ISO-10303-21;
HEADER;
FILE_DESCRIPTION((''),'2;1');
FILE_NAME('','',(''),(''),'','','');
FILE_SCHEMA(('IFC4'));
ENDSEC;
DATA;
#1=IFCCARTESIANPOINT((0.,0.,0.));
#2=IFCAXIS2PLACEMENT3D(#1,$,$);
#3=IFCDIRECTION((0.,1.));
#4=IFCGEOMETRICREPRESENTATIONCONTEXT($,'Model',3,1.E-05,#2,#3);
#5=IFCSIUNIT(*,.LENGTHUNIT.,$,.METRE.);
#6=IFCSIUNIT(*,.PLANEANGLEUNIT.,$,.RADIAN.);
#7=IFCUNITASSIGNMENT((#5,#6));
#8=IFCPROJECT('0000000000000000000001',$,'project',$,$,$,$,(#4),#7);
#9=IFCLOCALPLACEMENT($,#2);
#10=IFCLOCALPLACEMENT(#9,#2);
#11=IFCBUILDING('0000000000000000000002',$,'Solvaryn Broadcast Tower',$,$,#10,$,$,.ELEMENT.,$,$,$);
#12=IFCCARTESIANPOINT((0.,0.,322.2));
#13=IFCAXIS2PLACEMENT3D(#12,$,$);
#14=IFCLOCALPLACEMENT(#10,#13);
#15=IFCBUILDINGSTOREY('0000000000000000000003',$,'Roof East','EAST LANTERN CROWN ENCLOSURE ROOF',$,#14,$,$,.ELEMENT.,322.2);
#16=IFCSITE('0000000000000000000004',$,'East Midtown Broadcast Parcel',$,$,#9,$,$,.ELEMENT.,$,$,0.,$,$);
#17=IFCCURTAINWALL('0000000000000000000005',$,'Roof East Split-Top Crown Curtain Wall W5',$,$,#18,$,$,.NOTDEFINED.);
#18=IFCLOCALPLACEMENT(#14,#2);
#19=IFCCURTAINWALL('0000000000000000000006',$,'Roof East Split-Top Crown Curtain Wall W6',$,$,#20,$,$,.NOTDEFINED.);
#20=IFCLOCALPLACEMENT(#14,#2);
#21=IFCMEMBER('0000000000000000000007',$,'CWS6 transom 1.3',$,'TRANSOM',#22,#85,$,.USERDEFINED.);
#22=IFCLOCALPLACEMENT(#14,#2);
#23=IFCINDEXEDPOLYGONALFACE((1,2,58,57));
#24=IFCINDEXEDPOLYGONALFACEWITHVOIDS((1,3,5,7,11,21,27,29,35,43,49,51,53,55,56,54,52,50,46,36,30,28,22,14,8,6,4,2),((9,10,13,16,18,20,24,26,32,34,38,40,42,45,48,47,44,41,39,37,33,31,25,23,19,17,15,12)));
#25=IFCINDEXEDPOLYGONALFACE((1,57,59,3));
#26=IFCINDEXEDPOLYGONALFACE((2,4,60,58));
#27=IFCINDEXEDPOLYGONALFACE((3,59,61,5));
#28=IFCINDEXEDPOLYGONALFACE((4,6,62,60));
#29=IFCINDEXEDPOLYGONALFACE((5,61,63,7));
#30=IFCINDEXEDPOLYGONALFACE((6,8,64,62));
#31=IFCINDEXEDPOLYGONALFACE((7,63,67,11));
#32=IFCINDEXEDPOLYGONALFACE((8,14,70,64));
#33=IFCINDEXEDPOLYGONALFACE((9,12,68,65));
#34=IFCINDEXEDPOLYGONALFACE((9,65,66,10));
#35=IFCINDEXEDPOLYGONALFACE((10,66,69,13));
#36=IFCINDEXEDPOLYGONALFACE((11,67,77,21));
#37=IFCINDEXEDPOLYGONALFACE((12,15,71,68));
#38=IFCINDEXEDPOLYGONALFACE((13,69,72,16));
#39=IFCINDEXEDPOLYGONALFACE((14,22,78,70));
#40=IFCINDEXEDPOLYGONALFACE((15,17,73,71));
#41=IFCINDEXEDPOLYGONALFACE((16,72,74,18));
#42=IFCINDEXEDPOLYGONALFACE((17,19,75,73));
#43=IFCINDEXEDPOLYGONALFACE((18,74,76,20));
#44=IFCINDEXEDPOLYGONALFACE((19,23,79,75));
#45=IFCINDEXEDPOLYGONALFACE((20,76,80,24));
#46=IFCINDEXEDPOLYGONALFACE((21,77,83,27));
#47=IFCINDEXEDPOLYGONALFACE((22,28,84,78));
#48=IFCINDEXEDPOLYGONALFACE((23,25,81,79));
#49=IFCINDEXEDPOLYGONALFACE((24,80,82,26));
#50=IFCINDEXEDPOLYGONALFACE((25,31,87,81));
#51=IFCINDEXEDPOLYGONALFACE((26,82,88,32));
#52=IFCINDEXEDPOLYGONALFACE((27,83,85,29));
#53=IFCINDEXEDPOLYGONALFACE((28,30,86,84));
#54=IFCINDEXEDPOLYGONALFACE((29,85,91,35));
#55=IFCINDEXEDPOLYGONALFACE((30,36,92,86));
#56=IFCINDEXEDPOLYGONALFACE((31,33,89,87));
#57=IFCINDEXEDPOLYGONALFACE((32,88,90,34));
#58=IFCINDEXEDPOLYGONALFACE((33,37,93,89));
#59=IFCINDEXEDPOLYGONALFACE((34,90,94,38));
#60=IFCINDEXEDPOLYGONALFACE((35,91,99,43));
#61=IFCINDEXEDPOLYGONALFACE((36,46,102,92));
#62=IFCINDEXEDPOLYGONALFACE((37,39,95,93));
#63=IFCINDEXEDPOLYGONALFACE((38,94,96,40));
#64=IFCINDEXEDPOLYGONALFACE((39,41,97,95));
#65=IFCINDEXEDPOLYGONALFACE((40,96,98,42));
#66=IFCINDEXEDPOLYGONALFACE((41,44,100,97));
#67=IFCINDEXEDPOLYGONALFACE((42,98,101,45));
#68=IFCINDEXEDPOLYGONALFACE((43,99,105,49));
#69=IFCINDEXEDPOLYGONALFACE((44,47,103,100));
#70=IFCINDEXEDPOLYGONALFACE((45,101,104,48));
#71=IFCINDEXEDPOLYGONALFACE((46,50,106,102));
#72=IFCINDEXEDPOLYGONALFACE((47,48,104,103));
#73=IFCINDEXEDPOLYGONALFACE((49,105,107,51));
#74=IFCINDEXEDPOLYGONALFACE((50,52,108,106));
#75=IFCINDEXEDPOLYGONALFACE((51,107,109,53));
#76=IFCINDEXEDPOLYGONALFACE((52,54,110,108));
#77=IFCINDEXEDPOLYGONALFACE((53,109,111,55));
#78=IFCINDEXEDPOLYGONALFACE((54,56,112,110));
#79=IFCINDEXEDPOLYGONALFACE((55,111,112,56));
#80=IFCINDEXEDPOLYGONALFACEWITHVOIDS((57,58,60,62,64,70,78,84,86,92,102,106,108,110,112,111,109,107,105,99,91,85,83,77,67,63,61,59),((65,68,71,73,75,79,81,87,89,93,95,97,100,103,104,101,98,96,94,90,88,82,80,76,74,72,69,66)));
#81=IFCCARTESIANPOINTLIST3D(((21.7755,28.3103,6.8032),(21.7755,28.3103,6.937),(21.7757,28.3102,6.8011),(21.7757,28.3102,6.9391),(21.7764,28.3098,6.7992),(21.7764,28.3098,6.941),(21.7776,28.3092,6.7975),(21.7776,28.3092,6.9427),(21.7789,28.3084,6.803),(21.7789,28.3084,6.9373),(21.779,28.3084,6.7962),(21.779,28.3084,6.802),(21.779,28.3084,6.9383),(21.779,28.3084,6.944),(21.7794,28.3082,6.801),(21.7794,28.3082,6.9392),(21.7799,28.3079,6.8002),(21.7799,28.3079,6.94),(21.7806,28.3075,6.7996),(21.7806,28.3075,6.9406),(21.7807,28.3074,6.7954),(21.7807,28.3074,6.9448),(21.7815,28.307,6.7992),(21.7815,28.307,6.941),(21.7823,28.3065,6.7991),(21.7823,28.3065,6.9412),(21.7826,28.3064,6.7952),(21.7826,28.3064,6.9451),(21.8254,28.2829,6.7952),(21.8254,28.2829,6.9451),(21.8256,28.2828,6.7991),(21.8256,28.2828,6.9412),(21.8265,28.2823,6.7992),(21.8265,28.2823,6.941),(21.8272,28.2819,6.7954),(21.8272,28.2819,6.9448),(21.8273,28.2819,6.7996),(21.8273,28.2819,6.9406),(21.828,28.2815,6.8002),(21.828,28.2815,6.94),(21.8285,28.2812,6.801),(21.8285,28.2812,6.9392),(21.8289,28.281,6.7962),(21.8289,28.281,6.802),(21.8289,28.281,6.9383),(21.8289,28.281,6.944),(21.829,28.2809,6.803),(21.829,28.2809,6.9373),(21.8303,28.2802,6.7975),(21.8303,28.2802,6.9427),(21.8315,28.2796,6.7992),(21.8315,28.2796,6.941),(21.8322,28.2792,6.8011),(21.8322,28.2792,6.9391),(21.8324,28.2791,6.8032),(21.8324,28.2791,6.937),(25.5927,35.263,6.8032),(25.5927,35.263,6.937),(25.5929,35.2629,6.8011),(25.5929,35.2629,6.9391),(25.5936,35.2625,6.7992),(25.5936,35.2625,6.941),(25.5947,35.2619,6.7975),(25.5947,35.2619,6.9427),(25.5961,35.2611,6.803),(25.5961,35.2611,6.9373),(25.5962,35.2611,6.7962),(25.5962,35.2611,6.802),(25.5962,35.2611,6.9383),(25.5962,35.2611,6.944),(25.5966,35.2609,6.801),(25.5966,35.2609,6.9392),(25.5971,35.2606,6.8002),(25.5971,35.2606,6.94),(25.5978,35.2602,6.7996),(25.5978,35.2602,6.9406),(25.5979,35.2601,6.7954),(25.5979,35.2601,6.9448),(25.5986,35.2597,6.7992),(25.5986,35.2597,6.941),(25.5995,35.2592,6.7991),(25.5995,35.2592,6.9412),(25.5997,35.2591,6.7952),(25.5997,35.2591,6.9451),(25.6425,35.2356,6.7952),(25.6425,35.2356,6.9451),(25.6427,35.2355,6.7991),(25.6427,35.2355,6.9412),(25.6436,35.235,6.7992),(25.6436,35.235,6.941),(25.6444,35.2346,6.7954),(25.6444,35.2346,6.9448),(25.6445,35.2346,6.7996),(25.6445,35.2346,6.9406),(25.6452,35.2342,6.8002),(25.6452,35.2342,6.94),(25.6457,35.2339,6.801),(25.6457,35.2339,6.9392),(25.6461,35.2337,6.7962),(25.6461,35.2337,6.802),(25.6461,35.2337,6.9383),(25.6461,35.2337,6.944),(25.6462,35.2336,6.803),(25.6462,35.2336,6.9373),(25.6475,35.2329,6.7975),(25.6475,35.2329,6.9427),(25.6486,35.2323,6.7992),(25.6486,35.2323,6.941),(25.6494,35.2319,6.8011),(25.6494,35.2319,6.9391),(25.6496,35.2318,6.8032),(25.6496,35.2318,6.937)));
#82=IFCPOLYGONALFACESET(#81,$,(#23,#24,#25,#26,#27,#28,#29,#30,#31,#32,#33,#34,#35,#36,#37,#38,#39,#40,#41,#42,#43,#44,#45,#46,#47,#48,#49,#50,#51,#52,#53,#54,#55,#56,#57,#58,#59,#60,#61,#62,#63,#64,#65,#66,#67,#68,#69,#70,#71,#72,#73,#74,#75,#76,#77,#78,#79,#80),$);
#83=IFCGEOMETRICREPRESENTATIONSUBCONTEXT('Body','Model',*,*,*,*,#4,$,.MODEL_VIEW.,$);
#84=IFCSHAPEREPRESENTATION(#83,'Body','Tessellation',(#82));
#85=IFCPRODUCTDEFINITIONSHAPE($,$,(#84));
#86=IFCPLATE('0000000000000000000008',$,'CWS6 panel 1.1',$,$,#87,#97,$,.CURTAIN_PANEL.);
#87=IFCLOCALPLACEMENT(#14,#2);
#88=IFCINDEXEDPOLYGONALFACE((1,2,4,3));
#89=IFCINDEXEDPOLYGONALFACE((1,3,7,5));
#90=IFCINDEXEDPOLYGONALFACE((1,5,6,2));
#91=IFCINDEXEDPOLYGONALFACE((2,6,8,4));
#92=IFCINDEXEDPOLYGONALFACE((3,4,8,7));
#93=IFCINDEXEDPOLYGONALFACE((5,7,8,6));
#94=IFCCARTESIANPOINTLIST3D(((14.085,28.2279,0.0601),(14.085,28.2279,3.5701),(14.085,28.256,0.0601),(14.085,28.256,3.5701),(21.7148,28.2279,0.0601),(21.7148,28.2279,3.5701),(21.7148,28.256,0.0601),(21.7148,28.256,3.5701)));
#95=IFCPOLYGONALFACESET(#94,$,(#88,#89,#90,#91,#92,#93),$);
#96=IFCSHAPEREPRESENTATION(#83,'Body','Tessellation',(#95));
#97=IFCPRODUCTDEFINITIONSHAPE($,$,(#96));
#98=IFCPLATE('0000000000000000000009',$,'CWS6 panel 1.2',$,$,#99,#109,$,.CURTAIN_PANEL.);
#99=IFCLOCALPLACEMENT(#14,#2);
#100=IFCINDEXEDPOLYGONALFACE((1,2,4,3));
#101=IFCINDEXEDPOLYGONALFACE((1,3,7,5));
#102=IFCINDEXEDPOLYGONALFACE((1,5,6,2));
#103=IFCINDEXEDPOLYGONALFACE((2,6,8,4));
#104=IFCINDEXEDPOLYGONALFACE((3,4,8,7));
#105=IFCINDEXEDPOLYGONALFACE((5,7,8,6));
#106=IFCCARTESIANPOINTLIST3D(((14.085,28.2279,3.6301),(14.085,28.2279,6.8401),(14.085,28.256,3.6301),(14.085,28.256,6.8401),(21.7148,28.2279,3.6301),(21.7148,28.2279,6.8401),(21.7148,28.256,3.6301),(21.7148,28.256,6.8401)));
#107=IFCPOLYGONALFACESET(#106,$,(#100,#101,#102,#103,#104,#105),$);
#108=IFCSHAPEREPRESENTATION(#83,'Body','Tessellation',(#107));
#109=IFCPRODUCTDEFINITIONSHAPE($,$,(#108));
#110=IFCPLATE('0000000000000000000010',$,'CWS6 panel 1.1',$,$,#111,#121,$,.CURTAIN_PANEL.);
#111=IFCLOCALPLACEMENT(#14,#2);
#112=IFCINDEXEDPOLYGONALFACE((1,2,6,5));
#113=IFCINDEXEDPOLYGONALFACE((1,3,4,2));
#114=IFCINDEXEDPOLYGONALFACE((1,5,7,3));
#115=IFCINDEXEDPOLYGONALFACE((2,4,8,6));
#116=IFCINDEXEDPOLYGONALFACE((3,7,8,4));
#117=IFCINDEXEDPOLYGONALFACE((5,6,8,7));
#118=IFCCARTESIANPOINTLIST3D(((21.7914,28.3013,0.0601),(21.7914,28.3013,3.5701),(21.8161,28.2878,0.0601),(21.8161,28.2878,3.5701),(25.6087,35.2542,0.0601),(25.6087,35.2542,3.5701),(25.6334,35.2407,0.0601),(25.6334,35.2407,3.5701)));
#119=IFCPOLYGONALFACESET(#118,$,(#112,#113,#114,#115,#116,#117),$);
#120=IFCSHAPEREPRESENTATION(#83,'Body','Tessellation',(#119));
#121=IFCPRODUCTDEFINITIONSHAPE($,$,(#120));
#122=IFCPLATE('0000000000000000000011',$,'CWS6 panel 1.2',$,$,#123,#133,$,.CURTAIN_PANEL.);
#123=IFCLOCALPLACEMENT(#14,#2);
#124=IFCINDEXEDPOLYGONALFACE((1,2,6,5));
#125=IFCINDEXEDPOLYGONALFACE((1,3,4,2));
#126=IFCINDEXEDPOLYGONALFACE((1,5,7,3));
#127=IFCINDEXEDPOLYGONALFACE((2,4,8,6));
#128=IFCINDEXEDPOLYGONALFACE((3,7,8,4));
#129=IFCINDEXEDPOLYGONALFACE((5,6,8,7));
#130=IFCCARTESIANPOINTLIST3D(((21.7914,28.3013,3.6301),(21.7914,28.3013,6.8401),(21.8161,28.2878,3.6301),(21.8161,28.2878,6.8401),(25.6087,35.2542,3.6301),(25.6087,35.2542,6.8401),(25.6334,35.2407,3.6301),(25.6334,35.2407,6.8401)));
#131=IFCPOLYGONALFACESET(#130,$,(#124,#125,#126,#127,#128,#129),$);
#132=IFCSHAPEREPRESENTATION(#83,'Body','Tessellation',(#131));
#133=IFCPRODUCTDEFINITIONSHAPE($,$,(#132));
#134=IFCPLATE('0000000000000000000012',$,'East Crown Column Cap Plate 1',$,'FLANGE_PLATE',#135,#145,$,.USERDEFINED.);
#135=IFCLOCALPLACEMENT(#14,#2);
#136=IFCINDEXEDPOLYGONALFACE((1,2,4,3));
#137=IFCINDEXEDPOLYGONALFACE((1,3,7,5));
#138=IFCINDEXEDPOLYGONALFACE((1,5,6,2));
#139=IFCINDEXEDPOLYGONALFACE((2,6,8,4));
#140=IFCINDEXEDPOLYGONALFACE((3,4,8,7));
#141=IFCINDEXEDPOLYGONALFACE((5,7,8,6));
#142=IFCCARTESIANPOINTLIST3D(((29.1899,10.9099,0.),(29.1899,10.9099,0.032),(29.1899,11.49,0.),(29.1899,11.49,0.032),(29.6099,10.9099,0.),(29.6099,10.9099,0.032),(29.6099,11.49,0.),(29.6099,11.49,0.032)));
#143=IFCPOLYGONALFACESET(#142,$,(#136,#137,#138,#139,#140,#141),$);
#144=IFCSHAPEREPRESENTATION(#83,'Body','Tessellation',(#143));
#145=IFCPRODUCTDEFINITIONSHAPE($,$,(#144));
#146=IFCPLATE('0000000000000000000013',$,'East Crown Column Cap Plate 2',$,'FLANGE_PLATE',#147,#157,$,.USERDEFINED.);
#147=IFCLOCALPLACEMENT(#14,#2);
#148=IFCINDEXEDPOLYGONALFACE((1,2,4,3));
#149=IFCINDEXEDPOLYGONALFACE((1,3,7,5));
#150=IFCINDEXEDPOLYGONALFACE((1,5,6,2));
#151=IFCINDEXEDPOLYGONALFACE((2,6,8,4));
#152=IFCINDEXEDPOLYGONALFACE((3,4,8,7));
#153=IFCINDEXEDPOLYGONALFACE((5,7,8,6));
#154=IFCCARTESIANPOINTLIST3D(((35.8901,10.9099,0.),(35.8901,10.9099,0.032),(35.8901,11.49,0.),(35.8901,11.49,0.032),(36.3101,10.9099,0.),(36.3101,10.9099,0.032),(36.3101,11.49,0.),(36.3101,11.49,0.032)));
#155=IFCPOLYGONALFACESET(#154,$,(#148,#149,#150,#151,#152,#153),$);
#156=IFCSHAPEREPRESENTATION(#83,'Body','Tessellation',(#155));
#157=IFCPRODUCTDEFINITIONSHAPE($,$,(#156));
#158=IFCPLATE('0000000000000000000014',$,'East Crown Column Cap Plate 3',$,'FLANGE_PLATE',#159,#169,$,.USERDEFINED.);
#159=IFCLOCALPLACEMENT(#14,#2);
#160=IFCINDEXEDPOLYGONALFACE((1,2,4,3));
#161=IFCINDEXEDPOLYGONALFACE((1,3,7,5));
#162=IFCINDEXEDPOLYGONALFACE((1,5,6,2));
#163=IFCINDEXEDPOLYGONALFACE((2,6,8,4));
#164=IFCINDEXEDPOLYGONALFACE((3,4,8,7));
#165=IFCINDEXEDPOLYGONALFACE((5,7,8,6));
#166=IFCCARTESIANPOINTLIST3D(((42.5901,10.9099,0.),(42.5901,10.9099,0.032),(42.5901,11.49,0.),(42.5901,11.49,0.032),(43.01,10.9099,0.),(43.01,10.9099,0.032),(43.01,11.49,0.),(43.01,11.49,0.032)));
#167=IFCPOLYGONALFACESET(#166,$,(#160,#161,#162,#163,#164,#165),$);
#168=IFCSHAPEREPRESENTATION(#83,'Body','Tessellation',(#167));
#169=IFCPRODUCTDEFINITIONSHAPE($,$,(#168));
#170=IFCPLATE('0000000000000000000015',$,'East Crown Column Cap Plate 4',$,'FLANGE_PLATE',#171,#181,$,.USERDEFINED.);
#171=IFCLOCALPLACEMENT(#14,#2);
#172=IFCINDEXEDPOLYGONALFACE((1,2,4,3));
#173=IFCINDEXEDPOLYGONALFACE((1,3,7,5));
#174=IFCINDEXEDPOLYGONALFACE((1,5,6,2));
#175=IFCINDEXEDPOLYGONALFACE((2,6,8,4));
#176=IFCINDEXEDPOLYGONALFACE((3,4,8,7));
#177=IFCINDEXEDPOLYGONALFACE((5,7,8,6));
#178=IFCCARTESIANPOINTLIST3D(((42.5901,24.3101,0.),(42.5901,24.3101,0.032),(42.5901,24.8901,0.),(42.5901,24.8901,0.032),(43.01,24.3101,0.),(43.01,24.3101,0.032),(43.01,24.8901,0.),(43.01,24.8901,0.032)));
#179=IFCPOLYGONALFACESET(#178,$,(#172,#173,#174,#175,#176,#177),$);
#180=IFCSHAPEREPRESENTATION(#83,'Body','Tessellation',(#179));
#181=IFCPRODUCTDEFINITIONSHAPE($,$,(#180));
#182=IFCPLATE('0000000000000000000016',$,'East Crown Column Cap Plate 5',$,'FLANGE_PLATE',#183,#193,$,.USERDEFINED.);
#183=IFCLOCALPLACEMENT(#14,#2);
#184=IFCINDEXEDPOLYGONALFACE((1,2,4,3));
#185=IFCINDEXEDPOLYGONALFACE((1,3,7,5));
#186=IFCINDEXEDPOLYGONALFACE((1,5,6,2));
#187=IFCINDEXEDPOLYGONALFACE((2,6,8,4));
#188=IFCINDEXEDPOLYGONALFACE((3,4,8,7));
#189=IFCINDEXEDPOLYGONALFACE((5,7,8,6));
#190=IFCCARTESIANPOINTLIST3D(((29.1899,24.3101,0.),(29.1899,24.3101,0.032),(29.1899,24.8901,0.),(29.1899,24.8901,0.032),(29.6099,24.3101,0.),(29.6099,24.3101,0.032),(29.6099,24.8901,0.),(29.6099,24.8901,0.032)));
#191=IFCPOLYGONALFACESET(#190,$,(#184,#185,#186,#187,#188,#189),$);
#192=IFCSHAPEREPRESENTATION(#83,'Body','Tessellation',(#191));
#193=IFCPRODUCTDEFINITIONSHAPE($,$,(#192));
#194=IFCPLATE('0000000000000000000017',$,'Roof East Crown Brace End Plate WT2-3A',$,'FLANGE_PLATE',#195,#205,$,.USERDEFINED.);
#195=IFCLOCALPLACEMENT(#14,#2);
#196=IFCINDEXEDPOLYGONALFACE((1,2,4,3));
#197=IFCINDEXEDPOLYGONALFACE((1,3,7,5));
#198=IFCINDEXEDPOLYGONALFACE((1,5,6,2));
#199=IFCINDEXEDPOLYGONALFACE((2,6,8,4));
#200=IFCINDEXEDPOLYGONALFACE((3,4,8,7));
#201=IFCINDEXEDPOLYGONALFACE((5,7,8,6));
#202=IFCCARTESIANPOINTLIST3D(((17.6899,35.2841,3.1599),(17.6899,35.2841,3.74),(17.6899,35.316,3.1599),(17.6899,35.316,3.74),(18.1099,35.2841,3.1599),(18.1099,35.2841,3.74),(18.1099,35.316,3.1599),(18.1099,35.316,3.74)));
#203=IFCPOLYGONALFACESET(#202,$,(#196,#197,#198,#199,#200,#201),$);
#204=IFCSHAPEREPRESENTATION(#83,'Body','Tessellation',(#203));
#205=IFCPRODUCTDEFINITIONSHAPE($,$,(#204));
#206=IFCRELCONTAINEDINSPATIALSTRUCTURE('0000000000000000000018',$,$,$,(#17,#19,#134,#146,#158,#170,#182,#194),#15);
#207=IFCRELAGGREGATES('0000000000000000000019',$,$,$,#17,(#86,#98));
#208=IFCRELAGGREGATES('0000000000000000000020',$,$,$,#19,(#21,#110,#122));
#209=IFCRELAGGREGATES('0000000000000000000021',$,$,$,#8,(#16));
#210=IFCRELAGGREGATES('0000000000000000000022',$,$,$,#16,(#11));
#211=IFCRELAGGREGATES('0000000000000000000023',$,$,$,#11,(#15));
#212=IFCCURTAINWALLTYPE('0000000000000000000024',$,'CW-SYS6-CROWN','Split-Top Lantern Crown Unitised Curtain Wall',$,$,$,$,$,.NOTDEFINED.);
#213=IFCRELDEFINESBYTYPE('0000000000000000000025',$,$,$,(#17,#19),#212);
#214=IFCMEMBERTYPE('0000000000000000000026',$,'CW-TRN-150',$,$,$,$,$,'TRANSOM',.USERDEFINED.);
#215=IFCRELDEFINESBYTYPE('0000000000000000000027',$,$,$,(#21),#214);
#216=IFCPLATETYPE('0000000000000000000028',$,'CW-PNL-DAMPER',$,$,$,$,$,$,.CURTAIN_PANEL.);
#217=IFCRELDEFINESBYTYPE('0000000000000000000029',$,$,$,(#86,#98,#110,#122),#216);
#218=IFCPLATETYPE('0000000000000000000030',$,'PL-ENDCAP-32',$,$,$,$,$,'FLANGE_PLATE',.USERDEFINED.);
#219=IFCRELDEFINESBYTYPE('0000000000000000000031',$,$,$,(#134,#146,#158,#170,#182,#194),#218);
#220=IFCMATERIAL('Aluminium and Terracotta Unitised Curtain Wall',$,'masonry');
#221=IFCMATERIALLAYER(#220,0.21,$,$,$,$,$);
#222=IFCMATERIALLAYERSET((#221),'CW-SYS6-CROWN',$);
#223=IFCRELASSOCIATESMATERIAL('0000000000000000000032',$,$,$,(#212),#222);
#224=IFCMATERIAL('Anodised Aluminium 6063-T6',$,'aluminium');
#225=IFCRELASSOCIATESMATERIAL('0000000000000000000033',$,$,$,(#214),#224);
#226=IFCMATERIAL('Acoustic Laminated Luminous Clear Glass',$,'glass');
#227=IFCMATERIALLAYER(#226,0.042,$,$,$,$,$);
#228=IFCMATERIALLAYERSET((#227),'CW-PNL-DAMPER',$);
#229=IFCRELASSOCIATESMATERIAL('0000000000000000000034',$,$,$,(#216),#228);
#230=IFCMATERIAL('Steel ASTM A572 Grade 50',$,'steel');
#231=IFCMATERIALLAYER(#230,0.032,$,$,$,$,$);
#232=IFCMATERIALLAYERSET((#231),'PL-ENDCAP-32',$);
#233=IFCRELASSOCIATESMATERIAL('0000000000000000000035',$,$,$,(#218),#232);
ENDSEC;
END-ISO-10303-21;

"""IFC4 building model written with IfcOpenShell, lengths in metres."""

from ifc_helpers import new_model, si_unit, direction, frame, origin, origin_2d, place, context, subcontext, project, spatial, rectangle, hollow_rectangle, extrude, material, layer, layer_set, material_profile, profile_set, type_object, element, aggregate, save


model = new_model("IFC4")

# Units and contexts
model_context = context("Model", 3, precision=1e-05, world=origin(), true_north=direction((0.0, 1.0)))
body_context = subcontext(model_context, "Body", "Model", "MODEL_VIEW")
ifc_project = project(units=[si_unit("LENGTHUNIT", "METRE"), si_unit("PLANEANGLEUNIT", "RADIAN")], contexts=[model_context])

# Site, building, storey
site_placement = place(None, origin())
site = spatial("IfcSite", under=ifc_project, at=site_placement, Name="East Midtown Broadcast Parcel", CompositionType="ELEMENT", RefElevation=0.0)
building_placement = place(site_placement, origin())
building = spatial("IfcBuilding", under=site, at=building_placement, Name="Solvaryn Broadcast Tower", CompositionType="ELEMENT")
storey_placement = place(building_placement, frame((0.0, 0.0, 322.2)))
storey = spatial("IfcBuildingStorey", under=building, at=storey_placement, Name="Roof East", Description="EAST LANTERN CROWN ENCLOSURE ROOF", CompositionType="ELEMENT", Elevation=322.2)

# Curtain wall
ifc_material_1 = material(Name="Aluminium and Terracotta Unitised Curtain Wall", Category="masonry")
ifc_layer_1 = layer(ifc_material_1, 0.21)
ifc_layer_set_1 = layer_set([ifc_layer_1], Name="CW-SYS6-CROWN")
curtain_wall_type = type_object("IfcCurtainWallType", Name="CW-SYS6-CROWN", Description="Split-Top Lantern Crown Unitised Curtain Wall", PredefinedType="NOTDEFINED", material=ifc_layer_set_1)
curtain_wall_1_placement = place(storey_placement, origin())
curtain_wall_1 = element("IfcCurtainWall", 1, at=curtain_wall_1_placement, inside=storey, type_object=curtain_wall_type, Name="Roof East Split-Top Crown Curtain Wall W5", PredefinedType="NOTDEFINED")

# Curtain wall, member
curtain_wall_2_placement = place(storey_placement, origin())
curtain_wall_2 = element("IfcCurtainWall", 2, at=curtain_wall_2_placement, inside=storey, type_object=curtain_wall_type, Name="Roof East Split-Top Crown Curtain Wall W6", PredefinedType="NOTDEFINED")
ifc_material_2 = material(Name="Anodised Aluminium 6063-T6", Category="aluminium")
ifc_material_profile_1 = material_profile(ifc_material_2, hollow_rectangle(XDim=0.0649, YDim=0.1499, WallThickness=0.0039, InnerFilletRadius=0.0039, OuterFilletRadius=0.0081, at=origin_2d()))
ifc_profile_set_1 = profile_set([ifc_material_profile_1], Name="Anodised Aluminium 6063-T6")
member_type_1 = type_object("IfcMemberType", Name="CW-TRN-150", ElementType="TRANSOM", PredefinedType="USERDEFINED", material=ifc_profile_set_1)
member_1_placement = place(storey_placement, frame((21.804, 28.2947, 6.8701), z_axis=(0.481259, 0.876578, 0.0), x_axis=(-0.876578, 0.481259, 0.0)))
member_1 = element("IfcMember", 3, at=member_1_placement, type_object=member_type_1, Name="CWS6 transom 1.3", ObjectType="TRANSOM", PredefinedType="USERDEFINED", context=body_context, shape_type="SweptSolid", body=[
    extrude(hollow_rectangle(XDim=0.0649, YDim=0.1499, WallThickness=0.0039, InnerFilletRadius=0.0039, OuterFilletRadius=0.0081, at=origin_2d()), origin(), (0.0, 0.0, 1.0), 7.9316),
])

# Plates
ifc_material_3 = material(Name="Acoustic Laminated Luminous Clear Glass", Category="glass")
ifc_layer_2 = layer(ifc_material_3, 0.042)
ifc_layer_set_2 = layer_set([ifc_layer_2], Name="CW-PNL-DAMPER")
plate_type_1 = type_object("IfcPlateType", Name="CW-PNL-DAMPER", PredefinedType="CURTAIN_PANEL", material=ifc_layer_set_2)
plate_1_placement = place(storey_placement, frame((17.8999, 28.2419, 0.0601), z_axis=(0.0, 0.0, 1.0), x_axis=(1.0, 0.0, 0.0)))
plate_1 = element("IfcPlate", 4, at=plate_1_placement, type_object=plate_type_1, Name="CWS6 panel 1.1", PredefinedType="CURTAIN_PANEL", context=body_context, shape_type="SweptSolid", body=[
    extrude(rectangle(XDim=7.6299, YDim=0.0281, at=origin_2d()), origin(), (0.0, 0.0, 1.0), 3.51),
])
plate_2_placement = place(storey_placement, frame((17.8999, 28.2419, 3.6301), z_axis=(0.0, 0.0, 1.0), x_axis=(1.0, 0.0, 0.0)))
plate_2 = element("IfcPlate", 5, at=plate_2_placement, type_object=plate_type_1, Name="CWS6 panel 1.2", PredefinedType="CURTAIN_PANEL", context=body_context, shape_type="SweptSolid", body=[
    extrude(rectangle(XDim=7.6299, YDim=0.0281, at=origin_2d()), origin(), (0.0, 0.0, 1.0), 3.21),
])
aggregate(curtain_wall_1, [plate_1, plate_2])
plate_3_placement = place(storey_placement, frame((23.7124, 31.771, 0.0601), z_axis=(0.0, 0.0, 1.0), x_axis=(0.481261, 0.876578, 0.0)))
plate_3 = element("IfcPlate", 6, at=plate_3_placement, type_object=plate_type_1, Name="CWS6 panel 1.1", PredefinedType="CURTAIN_PANEL", context=body_context, shape_type="SweptSolid", body=[
    extrude(rectangle(XDim=7.9319, YDim=0.0281, at=origin_2d()), origin(), (0.0, 0.0, 1.0), 3.51),
])
plate_4_placement = place(storey_placement, frame((23.7124, 31.771, 3.6301), z_axis=(0.0, 0.0, 1.0), x_axis=(0.481261, 0.876578, 0.0)))
plate_4 = element("IfcPlate", 7, at=plate_4_placement, type_object=plate_type_1, Name="CWS6 panel 1.2", PredefinedType="CURTAIN_PANEL", context=body_context, shape_type="SweptSolid", body=[
    extrude(rectangle(XDim=7.9319, YDim=0.0281, at=origin_2d()), origin(), (0.0, 0.0, 1.0), 3.21),
])
aggregate(curtain_wall_2, [member_1, plate_3, plate_4])

# Plates
ifc_material_4 = material(Name="Steel ASTM A572 Grade 50", Category="steel")
ifc_layer_3 = layer(ifc_material_4, 0.032)
ifc_layer_set_3 = layer_set([ifc_layer_3], Name="PL-ENDCAP-32")
plate_type_2 = type_object("IfcPlateType", Name="PL-ENDCAP-32", ElementType="FLANGE_PLATE", PredefinedType="USERDEFINED", material=ifc_layer_set_3)
for number, where, z_axis, x_axis, name in (
    (8, (29.3999, 11.2, 0.0), (0.0, 0.0, 1.0), (1.0, 0.0, 0.0), "East Crown Column Cap Plate 1"),
    (9, (36.1001, 11.2, 0.0), (0.0, 0.0, 1.0), (1.0, 0.0, 0.0), "East Crown Column Cap Plate 2"),
    (10, (42.8, 11.2, 0.0), (0.0, 0.0, 1.0), (1.0, 0.0, 0.0), "East Crown Column Cap Plate 3"),
    (11, (42.8, 24.6001, 0.0), (0.0, 0.0, 1.0), (1.0, 0.0, 0.0), "East Crown Column Cap Plate 4"),
    (12, (29.3999, 24.6001, 0.0), (0.0, 0.0, 1.0), (1.0, 0.0, 0.0), "East Crown Column Cap Plate 5"),
):
    element("IfcPlate", number, at=place(storey_placement, frame(where, z_axis=z_axis, x_axis=x_axis)), inside=storey, type_object=plate_type_2, Name=name, ObjectType="FLANGE_PLATE", PredefinedType="USERDEFINED", context=body_context, shape_type="SweptSolid", body=[
        extrude(rectangle(XDim=0.4199, YDim=0.5801, at=origin_2d()), origin(), (0.0, 0.0, 1.0), 0.032),
    ])
plate_5_placement = place(storey_placement, frame((17.8999, 35.3, 3.1599), z_axis=(0.0, 0.0, 1.0), x_axis=(1.0, 0.0, 0.0)))
element("IfcPlate", 13, at=plate_5_placement, inside=storey, type_object=plate_type_2, Name="Roof East Crown Brace End Plate WT2-3A", ObjectType="FLANGE_PLATE", PredefinedType="USERDEFINED", context=body_context, shape_type="SweptSolid", body=[
    extrude(rectangle(XDim=0.4199, YDim=0.032, at=origin_2d()), origin(), (0.0, 0.0, 1.0), 0.5801),
])

save(model, "model.ifc")
